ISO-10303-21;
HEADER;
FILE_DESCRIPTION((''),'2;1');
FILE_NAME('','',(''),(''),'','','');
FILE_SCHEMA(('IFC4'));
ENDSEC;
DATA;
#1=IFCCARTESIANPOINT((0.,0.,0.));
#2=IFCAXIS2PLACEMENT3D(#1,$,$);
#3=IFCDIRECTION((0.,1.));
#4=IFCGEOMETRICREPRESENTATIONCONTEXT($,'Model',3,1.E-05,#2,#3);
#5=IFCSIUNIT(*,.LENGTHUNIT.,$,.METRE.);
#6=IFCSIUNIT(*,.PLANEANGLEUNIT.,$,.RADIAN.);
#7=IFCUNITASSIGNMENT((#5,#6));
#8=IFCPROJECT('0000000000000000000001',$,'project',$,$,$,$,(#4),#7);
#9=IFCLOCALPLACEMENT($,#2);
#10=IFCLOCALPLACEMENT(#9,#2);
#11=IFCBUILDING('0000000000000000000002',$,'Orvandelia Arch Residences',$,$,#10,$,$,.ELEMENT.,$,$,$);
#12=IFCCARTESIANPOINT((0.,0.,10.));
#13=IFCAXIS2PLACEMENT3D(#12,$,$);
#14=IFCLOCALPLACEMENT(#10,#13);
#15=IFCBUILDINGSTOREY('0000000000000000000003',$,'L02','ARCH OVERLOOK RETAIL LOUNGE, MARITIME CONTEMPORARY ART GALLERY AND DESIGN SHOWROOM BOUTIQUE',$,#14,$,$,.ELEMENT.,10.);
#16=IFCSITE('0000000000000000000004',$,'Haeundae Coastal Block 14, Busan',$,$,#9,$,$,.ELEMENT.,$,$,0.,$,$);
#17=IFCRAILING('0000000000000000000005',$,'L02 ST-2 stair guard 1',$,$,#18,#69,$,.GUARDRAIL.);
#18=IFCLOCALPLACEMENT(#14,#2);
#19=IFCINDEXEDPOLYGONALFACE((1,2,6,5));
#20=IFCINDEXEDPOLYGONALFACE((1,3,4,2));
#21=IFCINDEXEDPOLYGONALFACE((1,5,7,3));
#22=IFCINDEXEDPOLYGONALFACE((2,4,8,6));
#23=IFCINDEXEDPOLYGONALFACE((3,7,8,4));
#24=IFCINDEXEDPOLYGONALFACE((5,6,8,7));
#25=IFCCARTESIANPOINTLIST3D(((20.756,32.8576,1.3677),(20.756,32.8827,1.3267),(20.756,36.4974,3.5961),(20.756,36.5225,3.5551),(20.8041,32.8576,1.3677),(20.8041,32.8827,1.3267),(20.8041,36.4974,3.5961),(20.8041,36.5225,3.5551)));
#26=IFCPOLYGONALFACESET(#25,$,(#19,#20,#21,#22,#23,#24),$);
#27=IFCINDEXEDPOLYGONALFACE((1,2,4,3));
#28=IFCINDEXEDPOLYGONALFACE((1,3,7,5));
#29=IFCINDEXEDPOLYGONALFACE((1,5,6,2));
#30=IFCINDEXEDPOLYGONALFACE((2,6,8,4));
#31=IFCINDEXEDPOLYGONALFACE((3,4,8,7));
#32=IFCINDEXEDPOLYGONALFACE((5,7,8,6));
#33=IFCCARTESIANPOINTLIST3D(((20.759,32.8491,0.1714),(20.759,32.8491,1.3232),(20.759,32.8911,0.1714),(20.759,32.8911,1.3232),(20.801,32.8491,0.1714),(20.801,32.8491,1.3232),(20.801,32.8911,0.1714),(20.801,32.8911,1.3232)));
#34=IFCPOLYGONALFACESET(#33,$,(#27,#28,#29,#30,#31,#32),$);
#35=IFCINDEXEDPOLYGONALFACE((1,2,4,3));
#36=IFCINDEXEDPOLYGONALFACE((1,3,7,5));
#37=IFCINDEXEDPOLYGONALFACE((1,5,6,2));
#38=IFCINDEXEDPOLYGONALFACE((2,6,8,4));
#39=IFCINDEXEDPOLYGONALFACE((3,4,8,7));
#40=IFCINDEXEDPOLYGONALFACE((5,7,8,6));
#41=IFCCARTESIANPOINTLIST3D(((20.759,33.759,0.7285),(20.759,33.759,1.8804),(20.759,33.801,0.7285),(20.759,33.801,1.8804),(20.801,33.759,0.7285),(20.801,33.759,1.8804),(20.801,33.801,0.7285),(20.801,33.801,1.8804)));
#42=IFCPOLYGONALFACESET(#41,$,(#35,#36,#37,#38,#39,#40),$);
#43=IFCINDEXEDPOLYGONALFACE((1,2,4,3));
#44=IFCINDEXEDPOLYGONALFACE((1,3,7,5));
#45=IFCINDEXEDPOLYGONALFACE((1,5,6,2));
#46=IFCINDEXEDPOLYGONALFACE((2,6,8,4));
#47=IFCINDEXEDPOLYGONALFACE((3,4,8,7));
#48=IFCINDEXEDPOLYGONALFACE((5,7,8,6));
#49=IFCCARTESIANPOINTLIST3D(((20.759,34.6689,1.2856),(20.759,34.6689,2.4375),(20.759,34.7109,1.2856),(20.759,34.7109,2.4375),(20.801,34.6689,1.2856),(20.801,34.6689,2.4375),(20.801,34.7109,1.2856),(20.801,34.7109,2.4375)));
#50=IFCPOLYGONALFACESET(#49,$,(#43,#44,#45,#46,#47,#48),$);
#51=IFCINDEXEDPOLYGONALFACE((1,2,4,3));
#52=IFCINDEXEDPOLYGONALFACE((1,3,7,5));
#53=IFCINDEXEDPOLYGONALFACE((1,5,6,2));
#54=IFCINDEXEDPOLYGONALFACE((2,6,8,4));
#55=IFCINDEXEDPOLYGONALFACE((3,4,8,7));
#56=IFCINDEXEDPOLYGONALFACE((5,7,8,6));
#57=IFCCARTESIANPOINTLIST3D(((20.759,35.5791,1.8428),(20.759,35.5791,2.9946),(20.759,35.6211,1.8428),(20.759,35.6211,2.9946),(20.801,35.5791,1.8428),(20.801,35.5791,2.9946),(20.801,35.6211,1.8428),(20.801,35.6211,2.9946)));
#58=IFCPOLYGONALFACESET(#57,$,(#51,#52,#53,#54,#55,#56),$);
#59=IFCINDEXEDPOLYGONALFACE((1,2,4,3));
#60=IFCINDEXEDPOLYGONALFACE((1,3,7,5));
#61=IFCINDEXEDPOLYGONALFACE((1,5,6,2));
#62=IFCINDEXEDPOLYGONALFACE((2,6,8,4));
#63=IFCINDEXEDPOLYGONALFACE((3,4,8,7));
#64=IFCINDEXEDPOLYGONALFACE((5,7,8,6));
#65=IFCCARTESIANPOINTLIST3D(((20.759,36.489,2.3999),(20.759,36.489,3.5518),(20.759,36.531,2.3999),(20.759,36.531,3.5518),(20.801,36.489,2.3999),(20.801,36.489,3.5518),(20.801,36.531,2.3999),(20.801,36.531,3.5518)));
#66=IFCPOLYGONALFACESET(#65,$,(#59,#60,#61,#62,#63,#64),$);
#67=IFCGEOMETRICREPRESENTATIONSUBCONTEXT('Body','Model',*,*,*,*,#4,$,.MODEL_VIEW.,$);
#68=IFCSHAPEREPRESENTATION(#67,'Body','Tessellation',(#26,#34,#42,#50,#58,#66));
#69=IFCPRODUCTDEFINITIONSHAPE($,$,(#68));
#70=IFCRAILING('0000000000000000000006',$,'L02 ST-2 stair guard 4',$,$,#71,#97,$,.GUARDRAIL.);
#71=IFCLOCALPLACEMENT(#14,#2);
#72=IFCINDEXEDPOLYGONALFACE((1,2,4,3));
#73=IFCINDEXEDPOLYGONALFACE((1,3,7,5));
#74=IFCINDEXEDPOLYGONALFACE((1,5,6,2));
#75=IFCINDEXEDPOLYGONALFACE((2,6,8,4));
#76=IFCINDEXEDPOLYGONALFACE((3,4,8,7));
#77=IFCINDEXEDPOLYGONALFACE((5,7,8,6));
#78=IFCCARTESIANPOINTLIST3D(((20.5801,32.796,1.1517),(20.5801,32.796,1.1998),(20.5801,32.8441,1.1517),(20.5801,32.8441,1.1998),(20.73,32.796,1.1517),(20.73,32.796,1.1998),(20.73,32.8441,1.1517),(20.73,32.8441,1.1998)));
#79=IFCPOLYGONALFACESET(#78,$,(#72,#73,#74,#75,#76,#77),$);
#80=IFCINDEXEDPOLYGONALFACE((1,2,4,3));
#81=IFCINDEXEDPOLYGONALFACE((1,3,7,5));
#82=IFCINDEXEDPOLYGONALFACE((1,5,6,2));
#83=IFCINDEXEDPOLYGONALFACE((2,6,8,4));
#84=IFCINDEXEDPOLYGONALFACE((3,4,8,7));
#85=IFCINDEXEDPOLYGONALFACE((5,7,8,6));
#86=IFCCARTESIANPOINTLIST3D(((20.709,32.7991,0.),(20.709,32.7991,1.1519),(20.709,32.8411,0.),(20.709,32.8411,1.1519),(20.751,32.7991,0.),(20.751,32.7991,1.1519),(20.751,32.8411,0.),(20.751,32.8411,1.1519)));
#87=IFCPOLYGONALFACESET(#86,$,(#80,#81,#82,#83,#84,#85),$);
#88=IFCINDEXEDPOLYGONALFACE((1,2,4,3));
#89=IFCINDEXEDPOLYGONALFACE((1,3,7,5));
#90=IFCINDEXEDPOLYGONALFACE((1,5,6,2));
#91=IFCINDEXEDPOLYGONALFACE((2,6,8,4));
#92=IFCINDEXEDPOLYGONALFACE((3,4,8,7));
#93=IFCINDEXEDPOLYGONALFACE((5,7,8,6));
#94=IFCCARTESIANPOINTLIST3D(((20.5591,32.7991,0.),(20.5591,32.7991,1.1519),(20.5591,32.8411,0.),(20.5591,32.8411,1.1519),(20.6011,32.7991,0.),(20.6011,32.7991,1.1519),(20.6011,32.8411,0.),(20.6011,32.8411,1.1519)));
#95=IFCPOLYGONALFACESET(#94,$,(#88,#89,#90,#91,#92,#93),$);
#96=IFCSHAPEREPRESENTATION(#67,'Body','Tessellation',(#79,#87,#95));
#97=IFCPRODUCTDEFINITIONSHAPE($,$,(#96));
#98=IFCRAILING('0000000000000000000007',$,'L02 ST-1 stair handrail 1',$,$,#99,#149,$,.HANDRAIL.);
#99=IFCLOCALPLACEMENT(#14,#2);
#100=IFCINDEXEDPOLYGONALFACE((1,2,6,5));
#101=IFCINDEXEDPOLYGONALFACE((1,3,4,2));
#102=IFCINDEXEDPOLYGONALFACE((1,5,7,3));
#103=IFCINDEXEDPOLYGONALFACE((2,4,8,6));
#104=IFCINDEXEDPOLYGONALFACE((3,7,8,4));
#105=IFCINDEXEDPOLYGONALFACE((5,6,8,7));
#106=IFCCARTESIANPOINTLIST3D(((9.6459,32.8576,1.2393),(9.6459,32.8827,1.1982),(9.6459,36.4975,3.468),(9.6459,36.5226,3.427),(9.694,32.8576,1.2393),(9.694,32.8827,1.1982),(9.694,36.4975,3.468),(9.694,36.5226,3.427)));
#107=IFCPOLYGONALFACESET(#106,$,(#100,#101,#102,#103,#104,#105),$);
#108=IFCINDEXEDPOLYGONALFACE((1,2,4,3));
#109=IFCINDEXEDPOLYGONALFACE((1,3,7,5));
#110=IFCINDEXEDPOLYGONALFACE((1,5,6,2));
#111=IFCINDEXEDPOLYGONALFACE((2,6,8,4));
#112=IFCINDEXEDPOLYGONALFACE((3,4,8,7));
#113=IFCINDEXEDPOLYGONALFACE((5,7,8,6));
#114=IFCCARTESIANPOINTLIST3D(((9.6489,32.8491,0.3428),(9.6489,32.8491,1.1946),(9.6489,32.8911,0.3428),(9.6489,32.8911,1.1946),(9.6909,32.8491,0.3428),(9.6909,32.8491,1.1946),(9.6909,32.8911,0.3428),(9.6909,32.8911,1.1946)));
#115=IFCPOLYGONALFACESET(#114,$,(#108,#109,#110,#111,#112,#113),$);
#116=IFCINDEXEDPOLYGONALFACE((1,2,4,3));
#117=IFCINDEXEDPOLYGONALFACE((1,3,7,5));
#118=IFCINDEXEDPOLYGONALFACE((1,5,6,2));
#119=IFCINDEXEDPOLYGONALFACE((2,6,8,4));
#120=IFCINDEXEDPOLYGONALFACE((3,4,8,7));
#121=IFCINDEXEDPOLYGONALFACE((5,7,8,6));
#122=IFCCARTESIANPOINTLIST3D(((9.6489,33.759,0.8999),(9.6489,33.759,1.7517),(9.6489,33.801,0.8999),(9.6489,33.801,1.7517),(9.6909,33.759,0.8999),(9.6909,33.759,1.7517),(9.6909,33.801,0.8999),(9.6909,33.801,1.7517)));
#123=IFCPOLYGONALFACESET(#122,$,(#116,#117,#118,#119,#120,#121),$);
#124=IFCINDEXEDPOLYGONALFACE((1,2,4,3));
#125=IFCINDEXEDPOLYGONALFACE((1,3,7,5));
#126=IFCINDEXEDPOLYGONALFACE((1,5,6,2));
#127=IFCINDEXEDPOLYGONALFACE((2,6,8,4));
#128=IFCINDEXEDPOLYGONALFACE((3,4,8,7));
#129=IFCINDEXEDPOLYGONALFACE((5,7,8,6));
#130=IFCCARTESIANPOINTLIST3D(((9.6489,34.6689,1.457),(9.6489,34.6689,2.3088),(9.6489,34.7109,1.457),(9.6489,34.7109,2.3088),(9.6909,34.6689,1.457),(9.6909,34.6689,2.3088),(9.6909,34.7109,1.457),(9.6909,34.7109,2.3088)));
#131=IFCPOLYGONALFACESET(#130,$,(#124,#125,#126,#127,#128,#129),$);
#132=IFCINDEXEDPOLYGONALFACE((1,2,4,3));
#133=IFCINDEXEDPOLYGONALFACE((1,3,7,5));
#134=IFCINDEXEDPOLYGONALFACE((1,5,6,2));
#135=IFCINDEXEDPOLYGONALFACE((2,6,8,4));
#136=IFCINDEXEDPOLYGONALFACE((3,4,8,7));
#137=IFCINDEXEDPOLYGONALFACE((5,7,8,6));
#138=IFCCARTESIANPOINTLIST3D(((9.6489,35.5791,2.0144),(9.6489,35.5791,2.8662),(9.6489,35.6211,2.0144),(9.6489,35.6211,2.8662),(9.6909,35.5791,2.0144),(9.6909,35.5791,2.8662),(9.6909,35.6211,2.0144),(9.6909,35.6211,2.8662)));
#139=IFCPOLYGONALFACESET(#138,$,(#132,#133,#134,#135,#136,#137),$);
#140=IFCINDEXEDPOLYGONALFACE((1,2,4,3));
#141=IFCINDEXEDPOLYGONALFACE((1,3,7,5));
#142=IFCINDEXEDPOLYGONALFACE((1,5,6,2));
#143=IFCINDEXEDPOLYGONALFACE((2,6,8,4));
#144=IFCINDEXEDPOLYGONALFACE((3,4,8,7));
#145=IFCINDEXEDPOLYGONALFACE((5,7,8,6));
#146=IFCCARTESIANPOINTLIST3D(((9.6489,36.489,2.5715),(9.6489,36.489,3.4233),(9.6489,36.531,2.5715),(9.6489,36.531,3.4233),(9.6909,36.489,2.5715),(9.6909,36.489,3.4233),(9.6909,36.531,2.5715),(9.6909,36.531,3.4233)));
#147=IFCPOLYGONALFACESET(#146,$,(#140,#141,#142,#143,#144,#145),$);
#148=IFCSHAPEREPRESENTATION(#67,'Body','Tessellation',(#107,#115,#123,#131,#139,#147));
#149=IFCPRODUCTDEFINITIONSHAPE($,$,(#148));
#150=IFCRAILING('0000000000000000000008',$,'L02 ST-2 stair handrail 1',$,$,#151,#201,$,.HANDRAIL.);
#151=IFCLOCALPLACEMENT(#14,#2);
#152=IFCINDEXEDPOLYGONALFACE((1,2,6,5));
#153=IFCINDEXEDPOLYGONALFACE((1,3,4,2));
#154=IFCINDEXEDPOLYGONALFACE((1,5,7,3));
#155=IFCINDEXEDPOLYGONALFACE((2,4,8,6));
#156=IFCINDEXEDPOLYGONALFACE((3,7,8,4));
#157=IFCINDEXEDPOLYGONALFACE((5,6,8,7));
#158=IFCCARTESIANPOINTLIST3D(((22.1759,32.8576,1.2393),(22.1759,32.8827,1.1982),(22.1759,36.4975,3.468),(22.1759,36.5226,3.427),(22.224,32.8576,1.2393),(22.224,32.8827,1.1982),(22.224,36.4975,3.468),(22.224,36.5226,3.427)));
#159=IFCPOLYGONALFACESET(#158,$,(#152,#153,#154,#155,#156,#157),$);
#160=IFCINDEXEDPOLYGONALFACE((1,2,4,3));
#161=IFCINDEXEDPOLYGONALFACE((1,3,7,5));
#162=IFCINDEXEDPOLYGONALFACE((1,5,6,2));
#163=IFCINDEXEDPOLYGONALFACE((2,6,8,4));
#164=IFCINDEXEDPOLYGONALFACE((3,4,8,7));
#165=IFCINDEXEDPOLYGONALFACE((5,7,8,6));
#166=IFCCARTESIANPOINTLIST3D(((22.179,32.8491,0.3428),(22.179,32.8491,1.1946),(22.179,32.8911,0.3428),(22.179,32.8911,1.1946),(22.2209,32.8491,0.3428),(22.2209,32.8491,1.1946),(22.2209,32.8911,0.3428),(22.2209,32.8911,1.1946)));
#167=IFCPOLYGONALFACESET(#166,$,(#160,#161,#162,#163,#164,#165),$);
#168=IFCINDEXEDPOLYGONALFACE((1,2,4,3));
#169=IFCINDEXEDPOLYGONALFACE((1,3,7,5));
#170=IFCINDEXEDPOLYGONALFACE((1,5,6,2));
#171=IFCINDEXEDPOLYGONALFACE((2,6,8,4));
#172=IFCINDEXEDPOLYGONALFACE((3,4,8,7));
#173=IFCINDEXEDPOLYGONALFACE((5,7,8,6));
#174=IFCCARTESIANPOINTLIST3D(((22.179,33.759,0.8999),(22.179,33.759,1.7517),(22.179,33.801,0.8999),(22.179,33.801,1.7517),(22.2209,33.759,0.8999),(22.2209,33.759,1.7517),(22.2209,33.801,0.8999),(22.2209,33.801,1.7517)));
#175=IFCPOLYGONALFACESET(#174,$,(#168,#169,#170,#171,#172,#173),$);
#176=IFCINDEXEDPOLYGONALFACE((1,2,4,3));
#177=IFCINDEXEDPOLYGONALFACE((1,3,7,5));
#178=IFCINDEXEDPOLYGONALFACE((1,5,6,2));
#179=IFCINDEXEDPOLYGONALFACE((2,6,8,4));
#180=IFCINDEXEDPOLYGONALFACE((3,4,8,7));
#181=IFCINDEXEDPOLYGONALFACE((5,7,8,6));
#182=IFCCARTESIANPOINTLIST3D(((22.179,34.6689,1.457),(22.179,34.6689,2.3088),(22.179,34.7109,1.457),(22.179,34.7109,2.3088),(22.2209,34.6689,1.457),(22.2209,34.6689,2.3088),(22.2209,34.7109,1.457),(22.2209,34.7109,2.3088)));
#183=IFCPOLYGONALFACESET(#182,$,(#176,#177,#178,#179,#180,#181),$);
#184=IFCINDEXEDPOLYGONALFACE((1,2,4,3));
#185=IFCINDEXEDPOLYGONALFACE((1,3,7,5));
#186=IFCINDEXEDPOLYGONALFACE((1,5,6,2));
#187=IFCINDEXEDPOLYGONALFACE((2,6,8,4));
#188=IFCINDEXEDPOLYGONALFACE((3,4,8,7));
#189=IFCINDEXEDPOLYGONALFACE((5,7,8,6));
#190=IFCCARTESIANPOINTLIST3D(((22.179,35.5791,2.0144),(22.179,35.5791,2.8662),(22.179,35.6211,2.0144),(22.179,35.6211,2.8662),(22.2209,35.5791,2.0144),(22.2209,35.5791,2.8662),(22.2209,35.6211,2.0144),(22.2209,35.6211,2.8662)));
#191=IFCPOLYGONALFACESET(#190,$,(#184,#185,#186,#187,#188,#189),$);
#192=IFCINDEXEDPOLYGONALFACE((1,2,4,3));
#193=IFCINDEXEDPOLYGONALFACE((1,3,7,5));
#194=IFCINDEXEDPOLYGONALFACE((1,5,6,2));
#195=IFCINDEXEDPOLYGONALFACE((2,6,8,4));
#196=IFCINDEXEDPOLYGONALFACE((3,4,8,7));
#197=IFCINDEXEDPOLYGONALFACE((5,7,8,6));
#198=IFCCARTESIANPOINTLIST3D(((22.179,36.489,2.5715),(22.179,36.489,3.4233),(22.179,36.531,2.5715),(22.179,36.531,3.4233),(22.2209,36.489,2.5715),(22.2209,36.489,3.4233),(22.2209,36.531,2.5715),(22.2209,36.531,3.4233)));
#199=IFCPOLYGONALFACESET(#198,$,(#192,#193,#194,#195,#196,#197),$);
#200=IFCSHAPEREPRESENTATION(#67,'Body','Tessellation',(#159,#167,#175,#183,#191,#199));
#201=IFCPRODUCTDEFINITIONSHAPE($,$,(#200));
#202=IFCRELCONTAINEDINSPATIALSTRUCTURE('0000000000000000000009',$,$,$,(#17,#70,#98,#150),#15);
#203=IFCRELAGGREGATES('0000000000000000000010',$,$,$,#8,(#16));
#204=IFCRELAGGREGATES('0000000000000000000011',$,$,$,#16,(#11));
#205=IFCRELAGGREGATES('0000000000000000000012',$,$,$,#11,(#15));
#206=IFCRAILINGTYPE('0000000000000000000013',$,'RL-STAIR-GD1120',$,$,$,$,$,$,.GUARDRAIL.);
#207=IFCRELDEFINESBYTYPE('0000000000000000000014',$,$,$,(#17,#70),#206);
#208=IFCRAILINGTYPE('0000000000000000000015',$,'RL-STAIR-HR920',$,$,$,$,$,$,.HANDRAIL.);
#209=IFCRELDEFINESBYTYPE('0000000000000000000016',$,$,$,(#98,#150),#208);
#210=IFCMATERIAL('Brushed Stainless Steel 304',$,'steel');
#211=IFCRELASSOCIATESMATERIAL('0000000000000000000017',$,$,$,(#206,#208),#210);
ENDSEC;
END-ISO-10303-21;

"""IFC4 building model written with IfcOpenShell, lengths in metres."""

from ifc_helpers import new_model, si_unit, direction, frame, origin, origin_2d, place, context, subcontext, project, spatial, rectangle, extrude, material, type_object, element, save


model = new_model("IFC4")

# Units and contexts
model_context = context("Model", 3, precision=1e-05, world=origin(), true_north=direction((0.0, 1.0)))
body_context = subcontext(model_context, "Body", "Model", "MODEL_VIEW")
ifc_project = project(units=[si_unit("LENGTHUNIT", "METRE"), si_unit("PLANEANGLEUNIT", "RADIAN")], contexts=[model_context])

# Site, building, storey
site_placement = place(None, origin())
site = spatial("IfcSite", under=ifc_project, at=site_placement, Name="Haeundae Coastal Block 14, Busan", CompositionType="ELEMENT", RefElevation=0.0)
building_placement = place(site_placement, origin())
building = spatial("IfcBuilding", under=site, at=building_placement, Name="Orvandelia Arch Residences", CompositionType="ELEMENT")
storey_placement = place(building_placement, frame((0.0, 0.0, 10.0)))
storey = spatial("IfcBuildingStorey", under=building, at=storey_placement, Name="L02", Description="ARCH OVERLOOK RETAIL LOUNGE, MARITIME CONTEMPORARY ART GALLERY AND DESIGN SHOWROOM BOUTIQUE", CompositionType="ELEMENT", Elevation=10.0)

# Railings
ifc_material_1 = material(Name="Brushed Stainless Steel 304", Category="steel")
railing_type_1 = type_object("IfcRailingType", Name="RL-STAIR-GD1120", PredefinedType="GUARDRAIL", material=ifc_material_1)
railing_1_placement = place(storey_placement, frame((20.78, 32.8701, 0.1714)))
element("IfcRailing", 1, at=railing_1_placement, inside=storey, type_object=railing_type_1, Name="L02 ST-2 stair guard 1", PredefinedType="GUARDRAIL", context=body_context, shape_type="SweptSolid", body=[
    extrude(rectangle(XDim=0.0481, YDim=0.0481, at=origin_2d()), frame((0.0, 0.0, 1.1758), z_axis=(0.0, 0.85285, 0.522156), x_axis=(-1.0, 0.0, 0.0)), (0.0, 0.0, 1.0), 4.2678),
    extrude(rectangle(XDim=0.042, YDim=0.042, at=origin_2d()), origin(), (0.0, 0.0, 1.0), 1.1519),
    extrude(rectangle(XDim=0.042, YDim=0.042, at=origin_2d()), frame((0.0, 0.9099, 0.5571)), (0.0, 0.0, 1.0), 1.1519),
    extrude(rectangle(XDim=0.042, YDim=0.042, at=origin_2d()), frame((0.0, 1.8198, 1.1143)), (0.0, 0.0, 1.0), 1.1519),
    extrude(rectangle(XDim=0.042, YDim=0.042, at=origin_2d()), frame((0.0, 2.73, 1.6714)), (0.0, 0.0, 1.0), 1.1519),
    extrude(rectangle(XDim=0.042, YDim=0.042, at=origin_2d()), frame((0.0, 3.6399, 2.2285)), (0.0, 0.0, 1.0), 1.1519),
])
railing_2_placement = place(storey_placement, frame((20.73, 32.8201, 0.0)))
element("IfcRailing", 2, at=railing_2_placement, inside=storey, type_object=railing_type_1, Name="L02 ST-2 stair guard 4", PredefinedType="GUARDRAIL", context=body_context, shape_type="SweptSolid", body=[
    extrude(rectangle(XDim=0.0481, YDim=0.0481, at=origin_2d()), frame((0.0, 0.0, 1.1758), z_axis=(-1.0, 0.0, 0.0), x_axis=(0.0, -1.0, 0.0)), (0.0, 0.0, 1.0), 0.1499),
    extrude(rectangle(XDim=0.042, YDim=0.042, at=origin_2d()), origin(), (0.0, 0.0, 1.0), 1.1519),
    extrude(rectangle(XDim=0.042, YDim=0.042, at=origin_2d()), frame((-0.1499, 0.0, 0.0)), (0.0, 0.0, 1.0), 1.1519),
])
railing_type_2 = type_object("IfcRailingType", Name="RL-STAIR-HR920", PredefinedType="HANDRAIL", material=ifc_material_1)
for number, where, name in (
    (3, (9.6699, 32.8701, 0.3428), "L02 ST-1 stair handrail 1"),
    (4, (22.2, 32.8701, 0.3428), "L02 ST-2 stair handrail 1"),
):
    element("IfcRailing", number, at=place(storey_placement, frame(where)), inside=storey, type_object=railing_type_2, Name=name, PredefinedType="HANDRAIL", context=body_context, shape_type="SweptSolid", body=[
        extrude(rectangle(XDim=0.0481, YDim=0.0481, at=origin_2d()), frame((0.0, 0.0, 0.876), z_axis=(0.0, 0.852825, 0.522197), x_axis=(-1.0, 0.0, 0.0)), (0.0, 0.0, 1.0), 4.2681),
        extrude(rectangle(XDim=0.042, YDim=0.042, at=origin_2d()), origin(), (0.0, 0.0, 1.0), 0.8518),
        extrude(rectangle(XDim=0.042, YDim=0.042, at=origin_2d()), frame((0.0, 0.9099, 0.5571)), (0.0, 0.0, 1.0), 0.8518),
        extrude(rectangle(XDim=0.042, YDim=0.042, at=origin_2d()), frame((0.0, 1.8198, 1.1143)), (0.0, 0.0, 1.0), 0.8518),
        extrude(rectangle(XDim=0.042, YDim=0.042, at=origin_2d()), frame((0.0, 2.73, 1.6716)), (0.0, 0.0, 1.0), 0.8518),
        extrude(rectangle(XDim=0.042, YDim=0.042, at=origin_2d()), frame((0.0, 3.6399, 2.2288)), (0.0, 0.0, 1.0), 0.8518),
    ])

save(model, "model.ifc")
